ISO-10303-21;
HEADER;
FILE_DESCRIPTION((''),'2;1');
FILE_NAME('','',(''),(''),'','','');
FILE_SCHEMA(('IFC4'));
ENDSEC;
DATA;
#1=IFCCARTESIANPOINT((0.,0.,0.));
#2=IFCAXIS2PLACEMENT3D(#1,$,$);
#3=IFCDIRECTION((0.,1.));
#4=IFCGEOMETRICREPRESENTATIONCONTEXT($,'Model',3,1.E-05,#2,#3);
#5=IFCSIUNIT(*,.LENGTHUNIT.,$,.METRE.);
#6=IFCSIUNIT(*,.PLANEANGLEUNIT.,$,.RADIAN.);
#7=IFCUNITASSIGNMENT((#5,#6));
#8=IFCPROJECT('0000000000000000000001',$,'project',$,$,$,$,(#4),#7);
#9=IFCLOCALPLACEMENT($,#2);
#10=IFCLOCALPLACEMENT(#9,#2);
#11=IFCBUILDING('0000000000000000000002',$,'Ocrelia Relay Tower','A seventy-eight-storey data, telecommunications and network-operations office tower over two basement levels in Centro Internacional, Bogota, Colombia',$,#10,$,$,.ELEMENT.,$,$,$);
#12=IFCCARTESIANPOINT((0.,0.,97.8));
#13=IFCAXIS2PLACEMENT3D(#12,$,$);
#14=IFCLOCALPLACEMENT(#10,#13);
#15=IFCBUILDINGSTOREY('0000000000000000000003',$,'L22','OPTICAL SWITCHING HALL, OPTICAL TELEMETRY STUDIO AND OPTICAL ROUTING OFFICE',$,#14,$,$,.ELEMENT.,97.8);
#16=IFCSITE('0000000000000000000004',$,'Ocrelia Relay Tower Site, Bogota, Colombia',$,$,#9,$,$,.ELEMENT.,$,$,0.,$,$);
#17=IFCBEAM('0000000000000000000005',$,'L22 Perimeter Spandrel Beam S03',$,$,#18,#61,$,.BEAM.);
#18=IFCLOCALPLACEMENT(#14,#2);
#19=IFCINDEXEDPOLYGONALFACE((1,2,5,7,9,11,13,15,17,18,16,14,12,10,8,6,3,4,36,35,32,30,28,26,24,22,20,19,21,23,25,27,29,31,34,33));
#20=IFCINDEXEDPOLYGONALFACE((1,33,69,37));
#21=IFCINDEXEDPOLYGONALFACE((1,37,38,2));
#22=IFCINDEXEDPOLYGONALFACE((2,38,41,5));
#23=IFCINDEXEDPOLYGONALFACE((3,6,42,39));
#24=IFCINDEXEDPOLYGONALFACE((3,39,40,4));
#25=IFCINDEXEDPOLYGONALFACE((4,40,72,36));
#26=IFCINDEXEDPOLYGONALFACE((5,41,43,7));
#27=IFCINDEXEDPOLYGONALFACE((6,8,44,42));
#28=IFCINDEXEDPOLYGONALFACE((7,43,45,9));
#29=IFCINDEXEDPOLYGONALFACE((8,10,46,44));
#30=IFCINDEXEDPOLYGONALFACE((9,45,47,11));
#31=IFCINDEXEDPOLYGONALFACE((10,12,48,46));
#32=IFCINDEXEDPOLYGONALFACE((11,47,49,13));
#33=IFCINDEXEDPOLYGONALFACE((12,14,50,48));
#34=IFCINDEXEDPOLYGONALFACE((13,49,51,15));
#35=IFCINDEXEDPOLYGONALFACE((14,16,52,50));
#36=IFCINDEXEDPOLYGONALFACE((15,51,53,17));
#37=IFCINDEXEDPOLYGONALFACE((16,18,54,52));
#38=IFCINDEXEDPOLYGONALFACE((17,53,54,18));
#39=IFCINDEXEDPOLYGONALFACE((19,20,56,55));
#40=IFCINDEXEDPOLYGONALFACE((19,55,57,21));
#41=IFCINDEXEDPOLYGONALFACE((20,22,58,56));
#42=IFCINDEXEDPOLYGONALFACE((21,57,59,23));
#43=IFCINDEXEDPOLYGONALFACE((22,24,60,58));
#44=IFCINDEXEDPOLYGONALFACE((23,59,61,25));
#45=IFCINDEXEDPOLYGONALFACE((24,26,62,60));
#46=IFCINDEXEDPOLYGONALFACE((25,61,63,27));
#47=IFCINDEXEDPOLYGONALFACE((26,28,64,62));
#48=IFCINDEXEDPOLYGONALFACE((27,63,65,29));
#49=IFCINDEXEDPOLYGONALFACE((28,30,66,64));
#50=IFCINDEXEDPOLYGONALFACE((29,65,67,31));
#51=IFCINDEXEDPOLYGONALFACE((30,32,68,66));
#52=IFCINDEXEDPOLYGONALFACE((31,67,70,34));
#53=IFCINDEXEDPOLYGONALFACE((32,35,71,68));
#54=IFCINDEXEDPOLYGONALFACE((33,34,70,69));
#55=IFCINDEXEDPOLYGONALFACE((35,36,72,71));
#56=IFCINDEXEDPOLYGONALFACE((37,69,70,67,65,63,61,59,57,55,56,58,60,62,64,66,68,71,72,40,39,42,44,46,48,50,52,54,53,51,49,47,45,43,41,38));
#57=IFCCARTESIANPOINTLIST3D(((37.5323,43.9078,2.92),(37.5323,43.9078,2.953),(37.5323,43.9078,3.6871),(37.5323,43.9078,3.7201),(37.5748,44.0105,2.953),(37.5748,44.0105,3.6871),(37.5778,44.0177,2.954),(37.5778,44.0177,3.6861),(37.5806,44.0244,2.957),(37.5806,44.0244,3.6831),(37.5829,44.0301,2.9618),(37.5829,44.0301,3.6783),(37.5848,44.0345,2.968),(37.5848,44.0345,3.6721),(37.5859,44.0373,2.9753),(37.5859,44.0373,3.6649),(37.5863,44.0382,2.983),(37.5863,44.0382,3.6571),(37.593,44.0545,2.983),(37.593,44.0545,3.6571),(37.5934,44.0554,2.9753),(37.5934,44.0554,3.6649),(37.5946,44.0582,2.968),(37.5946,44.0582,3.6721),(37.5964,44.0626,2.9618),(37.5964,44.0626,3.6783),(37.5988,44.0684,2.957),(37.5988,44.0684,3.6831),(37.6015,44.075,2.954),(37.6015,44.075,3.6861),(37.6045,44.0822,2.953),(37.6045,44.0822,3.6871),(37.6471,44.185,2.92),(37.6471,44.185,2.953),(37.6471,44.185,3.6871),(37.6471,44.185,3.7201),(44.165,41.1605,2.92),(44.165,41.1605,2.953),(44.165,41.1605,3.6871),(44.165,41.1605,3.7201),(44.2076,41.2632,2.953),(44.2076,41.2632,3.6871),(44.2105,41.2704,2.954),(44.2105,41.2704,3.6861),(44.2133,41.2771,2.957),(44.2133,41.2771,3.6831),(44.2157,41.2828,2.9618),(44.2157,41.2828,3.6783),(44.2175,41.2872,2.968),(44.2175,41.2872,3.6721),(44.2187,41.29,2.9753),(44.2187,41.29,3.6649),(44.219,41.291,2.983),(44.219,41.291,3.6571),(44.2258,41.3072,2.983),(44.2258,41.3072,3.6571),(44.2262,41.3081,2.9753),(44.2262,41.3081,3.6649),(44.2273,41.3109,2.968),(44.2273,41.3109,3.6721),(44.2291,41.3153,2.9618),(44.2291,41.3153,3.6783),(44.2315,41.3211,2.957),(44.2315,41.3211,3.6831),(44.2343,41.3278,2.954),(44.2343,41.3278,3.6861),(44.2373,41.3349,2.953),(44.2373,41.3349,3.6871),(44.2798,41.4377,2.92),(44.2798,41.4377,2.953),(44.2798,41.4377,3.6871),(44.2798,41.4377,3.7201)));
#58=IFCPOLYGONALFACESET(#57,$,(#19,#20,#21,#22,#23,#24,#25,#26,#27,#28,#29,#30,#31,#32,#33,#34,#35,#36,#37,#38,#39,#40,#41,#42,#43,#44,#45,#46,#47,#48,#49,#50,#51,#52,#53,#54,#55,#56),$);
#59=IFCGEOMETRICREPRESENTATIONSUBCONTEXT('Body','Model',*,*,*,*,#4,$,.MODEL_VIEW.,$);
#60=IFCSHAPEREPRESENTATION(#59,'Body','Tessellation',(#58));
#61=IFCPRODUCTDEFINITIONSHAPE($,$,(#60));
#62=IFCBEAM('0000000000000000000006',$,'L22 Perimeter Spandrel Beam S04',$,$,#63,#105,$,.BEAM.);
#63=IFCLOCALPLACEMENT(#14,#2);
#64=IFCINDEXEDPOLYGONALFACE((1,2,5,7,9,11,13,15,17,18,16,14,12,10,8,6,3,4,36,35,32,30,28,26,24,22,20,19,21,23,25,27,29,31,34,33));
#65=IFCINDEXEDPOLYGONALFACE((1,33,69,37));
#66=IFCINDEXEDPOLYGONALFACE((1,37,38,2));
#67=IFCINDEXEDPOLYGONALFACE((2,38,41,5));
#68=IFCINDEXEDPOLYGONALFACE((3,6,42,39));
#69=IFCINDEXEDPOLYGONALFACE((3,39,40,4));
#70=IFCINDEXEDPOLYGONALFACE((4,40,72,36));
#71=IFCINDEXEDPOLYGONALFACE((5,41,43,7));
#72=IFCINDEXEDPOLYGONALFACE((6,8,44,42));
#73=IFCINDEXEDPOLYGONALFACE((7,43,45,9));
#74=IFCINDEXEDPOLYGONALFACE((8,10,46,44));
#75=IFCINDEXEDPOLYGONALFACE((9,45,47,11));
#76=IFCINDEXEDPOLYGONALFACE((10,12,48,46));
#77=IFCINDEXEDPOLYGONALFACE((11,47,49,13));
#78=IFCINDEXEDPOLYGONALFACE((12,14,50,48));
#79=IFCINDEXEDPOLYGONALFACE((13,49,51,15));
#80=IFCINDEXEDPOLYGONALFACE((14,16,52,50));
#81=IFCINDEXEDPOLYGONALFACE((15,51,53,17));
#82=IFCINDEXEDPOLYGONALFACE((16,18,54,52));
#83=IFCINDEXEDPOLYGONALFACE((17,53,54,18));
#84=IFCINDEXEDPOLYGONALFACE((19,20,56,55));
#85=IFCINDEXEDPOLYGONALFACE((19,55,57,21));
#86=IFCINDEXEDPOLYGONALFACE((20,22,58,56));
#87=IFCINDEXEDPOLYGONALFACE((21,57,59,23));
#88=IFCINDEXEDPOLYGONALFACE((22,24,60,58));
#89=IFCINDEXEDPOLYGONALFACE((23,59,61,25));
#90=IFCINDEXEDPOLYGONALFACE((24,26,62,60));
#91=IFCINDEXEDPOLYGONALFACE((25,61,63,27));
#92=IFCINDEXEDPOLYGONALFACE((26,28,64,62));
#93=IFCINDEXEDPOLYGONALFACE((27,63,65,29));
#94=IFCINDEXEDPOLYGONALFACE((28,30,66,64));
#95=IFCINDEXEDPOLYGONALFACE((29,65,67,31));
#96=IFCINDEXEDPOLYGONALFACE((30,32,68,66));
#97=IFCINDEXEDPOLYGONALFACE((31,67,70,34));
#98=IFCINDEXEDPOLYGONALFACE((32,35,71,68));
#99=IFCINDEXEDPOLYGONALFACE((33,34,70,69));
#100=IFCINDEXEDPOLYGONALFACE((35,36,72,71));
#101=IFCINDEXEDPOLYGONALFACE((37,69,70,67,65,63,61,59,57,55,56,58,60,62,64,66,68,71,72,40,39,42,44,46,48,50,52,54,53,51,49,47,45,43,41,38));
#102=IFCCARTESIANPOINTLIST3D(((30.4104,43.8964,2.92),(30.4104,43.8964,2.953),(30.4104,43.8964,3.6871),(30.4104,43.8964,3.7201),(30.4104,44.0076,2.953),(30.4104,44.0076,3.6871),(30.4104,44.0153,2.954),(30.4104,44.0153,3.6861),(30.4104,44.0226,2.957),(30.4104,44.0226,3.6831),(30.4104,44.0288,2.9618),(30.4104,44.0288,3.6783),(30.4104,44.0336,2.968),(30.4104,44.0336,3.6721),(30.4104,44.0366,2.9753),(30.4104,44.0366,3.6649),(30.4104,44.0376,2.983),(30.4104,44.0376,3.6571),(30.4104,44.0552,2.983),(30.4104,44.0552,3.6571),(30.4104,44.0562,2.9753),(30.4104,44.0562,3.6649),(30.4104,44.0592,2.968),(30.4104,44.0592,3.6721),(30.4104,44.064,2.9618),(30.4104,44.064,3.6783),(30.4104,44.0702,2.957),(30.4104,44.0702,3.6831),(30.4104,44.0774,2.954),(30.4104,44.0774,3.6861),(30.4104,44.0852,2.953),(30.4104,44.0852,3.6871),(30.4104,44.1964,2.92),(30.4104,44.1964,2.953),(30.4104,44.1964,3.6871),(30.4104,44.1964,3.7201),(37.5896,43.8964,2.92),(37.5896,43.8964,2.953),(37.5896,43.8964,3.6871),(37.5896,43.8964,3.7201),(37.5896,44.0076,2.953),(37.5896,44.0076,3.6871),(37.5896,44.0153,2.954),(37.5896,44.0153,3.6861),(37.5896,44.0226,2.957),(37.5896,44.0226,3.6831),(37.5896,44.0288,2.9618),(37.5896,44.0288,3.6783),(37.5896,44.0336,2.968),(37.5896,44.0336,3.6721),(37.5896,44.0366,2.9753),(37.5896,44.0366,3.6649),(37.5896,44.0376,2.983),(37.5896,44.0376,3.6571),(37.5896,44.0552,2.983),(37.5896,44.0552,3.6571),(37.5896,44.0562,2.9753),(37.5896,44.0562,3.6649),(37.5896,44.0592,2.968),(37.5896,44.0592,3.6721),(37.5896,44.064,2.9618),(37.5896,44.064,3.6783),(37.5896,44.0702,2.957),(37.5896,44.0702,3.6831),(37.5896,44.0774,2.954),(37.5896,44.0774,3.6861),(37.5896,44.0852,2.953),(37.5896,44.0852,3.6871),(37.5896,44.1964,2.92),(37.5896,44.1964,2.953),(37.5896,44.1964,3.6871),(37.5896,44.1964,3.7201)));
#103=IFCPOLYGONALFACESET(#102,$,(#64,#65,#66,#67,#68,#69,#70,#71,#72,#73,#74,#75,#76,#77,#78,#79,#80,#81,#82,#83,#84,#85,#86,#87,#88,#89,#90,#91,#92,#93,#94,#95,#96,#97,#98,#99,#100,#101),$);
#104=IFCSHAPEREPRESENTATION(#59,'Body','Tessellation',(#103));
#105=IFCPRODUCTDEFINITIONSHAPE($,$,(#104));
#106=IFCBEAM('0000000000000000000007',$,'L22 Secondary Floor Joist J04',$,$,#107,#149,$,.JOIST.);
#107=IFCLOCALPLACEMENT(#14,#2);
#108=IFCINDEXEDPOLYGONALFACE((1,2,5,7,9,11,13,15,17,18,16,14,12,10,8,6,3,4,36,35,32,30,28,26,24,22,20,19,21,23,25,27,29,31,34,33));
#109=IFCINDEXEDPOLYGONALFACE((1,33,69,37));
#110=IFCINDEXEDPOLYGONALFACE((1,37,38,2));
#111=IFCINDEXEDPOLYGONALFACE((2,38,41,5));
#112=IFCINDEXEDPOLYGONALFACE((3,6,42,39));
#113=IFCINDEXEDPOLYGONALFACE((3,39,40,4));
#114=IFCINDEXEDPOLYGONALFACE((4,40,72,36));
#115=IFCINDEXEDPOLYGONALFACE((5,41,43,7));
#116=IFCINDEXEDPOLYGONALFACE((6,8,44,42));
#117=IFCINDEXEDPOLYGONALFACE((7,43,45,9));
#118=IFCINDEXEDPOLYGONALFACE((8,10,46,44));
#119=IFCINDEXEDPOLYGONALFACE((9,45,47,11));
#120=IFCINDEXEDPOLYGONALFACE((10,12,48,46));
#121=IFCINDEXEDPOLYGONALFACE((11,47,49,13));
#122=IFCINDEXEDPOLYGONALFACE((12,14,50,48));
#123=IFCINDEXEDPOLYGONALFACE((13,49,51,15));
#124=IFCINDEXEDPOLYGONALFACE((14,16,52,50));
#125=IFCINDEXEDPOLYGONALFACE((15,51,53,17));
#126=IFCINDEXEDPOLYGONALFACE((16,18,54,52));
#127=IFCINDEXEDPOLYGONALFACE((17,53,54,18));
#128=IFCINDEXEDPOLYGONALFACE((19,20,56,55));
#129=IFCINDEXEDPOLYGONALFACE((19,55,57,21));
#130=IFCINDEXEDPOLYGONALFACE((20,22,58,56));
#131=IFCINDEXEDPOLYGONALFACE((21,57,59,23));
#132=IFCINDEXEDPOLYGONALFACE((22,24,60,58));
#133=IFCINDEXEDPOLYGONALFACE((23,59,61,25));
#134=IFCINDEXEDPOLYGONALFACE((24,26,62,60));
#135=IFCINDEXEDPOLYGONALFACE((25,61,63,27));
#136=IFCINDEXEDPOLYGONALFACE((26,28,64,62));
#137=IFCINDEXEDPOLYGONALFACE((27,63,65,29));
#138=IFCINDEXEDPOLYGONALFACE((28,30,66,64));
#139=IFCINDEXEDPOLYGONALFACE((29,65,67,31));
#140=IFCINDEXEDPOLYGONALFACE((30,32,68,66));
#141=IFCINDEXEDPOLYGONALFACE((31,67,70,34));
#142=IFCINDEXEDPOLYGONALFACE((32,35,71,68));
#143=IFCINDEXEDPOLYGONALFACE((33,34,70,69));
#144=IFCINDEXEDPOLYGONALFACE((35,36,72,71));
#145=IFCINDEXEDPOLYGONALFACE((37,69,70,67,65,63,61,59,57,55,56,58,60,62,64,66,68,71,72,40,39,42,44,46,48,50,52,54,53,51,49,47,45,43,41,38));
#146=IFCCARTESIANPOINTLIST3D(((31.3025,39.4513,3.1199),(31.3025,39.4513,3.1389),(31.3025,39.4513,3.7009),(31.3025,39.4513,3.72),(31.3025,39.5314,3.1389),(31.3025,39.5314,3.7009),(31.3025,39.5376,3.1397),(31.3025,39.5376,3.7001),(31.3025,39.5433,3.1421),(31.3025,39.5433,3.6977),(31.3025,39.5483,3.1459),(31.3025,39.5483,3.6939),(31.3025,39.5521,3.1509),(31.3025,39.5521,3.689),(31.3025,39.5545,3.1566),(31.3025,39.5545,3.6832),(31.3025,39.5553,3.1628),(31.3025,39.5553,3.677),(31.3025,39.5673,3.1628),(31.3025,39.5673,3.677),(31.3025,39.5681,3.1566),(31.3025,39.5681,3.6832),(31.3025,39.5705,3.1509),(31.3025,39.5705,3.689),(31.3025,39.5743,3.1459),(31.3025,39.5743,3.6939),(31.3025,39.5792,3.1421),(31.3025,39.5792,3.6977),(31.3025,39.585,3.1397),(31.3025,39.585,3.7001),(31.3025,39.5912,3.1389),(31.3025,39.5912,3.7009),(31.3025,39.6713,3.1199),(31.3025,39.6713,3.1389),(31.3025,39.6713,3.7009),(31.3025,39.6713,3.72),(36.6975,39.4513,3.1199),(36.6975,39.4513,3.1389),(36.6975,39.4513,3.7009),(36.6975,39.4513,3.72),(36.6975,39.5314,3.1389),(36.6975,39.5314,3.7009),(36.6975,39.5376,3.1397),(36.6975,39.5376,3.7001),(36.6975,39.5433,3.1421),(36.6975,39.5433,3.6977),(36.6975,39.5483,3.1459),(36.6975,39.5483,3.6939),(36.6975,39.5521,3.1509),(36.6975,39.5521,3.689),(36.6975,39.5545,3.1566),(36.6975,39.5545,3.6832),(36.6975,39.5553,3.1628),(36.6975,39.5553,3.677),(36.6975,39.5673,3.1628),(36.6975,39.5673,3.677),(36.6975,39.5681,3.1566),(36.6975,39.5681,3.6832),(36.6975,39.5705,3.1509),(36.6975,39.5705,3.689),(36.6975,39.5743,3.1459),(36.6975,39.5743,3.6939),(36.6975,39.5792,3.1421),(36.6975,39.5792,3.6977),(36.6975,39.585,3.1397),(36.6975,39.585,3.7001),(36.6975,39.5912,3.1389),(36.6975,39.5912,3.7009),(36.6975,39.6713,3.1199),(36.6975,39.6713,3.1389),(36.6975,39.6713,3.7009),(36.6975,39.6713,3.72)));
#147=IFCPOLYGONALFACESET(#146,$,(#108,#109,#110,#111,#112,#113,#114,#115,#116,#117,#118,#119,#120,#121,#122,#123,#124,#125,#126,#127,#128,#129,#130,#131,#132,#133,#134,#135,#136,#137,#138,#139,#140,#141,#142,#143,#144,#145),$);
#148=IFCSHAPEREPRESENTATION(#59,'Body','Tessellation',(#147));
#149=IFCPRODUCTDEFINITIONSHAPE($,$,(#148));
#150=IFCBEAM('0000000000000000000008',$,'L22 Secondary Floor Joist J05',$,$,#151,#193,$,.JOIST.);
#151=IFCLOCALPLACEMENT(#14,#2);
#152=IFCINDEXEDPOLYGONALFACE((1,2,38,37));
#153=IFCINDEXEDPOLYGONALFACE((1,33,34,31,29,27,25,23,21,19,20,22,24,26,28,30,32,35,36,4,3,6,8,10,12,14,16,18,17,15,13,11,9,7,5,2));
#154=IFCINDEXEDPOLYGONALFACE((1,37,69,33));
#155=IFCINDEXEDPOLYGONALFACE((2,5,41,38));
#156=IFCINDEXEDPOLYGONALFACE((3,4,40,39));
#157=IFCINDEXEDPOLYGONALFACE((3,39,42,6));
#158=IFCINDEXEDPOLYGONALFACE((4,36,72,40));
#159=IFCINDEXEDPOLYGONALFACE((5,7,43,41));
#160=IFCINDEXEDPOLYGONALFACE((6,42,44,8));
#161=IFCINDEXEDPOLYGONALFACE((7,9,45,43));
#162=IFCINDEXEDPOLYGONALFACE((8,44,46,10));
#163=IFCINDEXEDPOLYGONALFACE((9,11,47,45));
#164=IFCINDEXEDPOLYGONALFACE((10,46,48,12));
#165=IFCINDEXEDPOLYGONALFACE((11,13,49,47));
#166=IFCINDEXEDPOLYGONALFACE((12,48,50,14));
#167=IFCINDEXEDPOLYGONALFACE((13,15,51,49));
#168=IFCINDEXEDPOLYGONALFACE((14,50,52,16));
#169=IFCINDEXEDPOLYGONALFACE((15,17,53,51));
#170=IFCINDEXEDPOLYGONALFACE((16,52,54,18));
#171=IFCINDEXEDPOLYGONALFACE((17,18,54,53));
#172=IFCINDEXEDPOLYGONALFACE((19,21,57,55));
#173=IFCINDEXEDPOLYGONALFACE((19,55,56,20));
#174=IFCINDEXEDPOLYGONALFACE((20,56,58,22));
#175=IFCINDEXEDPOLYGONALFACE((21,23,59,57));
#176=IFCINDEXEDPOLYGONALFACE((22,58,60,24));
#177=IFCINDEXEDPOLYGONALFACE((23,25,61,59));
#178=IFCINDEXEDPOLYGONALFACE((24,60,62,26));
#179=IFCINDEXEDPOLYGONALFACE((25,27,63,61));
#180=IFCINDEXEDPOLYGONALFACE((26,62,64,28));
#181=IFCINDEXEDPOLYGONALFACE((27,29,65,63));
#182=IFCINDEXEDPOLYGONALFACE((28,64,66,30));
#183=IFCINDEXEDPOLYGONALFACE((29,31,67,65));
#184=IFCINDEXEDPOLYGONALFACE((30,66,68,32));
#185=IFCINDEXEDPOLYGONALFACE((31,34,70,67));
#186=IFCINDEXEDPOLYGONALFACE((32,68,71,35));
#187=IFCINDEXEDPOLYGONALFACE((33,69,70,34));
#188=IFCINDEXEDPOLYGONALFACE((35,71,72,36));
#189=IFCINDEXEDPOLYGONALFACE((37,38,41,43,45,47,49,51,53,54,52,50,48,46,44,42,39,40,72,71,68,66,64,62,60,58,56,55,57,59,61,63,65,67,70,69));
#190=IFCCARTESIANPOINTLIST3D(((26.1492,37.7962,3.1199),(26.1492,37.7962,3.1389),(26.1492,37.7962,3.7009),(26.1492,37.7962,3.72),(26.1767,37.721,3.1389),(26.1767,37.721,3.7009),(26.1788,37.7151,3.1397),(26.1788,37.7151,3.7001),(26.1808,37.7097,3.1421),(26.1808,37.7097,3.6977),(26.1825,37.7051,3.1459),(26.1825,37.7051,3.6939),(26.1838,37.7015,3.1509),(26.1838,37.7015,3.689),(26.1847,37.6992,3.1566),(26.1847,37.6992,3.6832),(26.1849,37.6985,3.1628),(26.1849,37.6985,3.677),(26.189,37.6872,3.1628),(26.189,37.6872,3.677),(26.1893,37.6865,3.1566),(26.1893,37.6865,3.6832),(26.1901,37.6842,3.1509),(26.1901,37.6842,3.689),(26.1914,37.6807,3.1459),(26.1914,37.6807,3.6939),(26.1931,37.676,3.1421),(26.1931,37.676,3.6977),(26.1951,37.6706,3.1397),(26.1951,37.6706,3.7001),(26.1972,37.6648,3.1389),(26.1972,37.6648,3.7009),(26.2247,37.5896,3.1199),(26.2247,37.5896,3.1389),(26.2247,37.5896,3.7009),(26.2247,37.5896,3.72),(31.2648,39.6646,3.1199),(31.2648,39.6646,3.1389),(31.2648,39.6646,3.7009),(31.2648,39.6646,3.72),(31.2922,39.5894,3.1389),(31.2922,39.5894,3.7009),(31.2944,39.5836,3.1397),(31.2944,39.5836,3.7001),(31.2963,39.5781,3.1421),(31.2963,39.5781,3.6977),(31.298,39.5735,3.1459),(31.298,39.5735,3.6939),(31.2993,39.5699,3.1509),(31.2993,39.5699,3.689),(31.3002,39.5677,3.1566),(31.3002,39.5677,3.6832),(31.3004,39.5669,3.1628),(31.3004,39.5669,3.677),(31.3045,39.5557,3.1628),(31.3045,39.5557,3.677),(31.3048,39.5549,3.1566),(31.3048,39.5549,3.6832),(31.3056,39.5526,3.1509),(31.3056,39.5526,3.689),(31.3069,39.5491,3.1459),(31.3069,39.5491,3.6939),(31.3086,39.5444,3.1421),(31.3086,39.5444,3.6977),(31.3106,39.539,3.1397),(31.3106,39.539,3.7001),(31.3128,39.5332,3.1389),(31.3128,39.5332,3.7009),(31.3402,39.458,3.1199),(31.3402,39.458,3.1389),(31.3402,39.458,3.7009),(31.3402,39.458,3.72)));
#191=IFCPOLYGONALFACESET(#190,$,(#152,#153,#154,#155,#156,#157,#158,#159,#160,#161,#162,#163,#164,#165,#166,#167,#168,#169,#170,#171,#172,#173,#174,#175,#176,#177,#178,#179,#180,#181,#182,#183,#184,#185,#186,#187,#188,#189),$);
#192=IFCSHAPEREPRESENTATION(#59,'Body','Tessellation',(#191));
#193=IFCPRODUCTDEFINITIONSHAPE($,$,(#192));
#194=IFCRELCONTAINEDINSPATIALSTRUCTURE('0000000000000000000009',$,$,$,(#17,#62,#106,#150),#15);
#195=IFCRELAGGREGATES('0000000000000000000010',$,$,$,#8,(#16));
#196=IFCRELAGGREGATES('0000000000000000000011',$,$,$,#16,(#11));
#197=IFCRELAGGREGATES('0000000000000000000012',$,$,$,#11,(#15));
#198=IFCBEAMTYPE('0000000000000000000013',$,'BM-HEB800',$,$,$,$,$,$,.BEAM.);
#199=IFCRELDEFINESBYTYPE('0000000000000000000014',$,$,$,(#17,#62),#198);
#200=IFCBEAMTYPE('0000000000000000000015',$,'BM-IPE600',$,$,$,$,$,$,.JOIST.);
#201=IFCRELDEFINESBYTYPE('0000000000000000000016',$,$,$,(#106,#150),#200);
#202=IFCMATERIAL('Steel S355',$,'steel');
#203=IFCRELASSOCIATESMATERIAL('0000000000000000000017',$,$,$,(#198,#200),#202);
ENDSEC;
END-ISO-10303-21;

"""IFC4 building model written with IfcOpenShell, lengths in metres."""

from ifc_helpers import new_model, si_unit, direction, frame, origin, origin_2d, place, context, subcontext, project, spatial, i_section, extrude, material, material_profile, profile_set, type_object, element, save


model = new_model("IFC4")

# Units and contexts
model_context = context("Model", 3, precision=1e-05, world=origin(), true_north=direction((0.0, 1.0)))
body_context = subcontext(model_context, "Body", "Model", "MODEL_VIEW")
ifc_project = project(units=[si_unit("LENGTHUNIT", "METRE"), si_unit("PLANEANGLEUNIT", "RADIAN")], contexts=[model_context])

# Site, building, storey
site_placement = place(None, origin())
site = spatial("IfcSite", under=ifc_project, at=site_placement, Name="Ocrelia Relay Tower Site, Bogota, Colombia", CompositionType="ELEMENT", RefElevation=0.0)
building_placement = place(site_placement, origin())
building = spatial("IfcBuilding", under=site, at=building_placement, Name="Ocrelia Relay Tower", Description="A seventy-eight-storey data, telecommunications and network-operations office tower over two basement levels in Centro Internacional, Bogota, Colombia", CompositionType="ELEMENT")
storey_placement = place(building_placement, frame((0.0, 0.0, 97.8)))
storey = spatial("IfcBuildingStorey", under=building, at=storey_placement, Name="L22", Description="OPTICAL SWITCHING HALL, OPTICAL TELEMETRY STUDIO AND OPTICAL ROUTING OFFICE", CompositionType="ELEMENT", Elevation=97.8)

# Beams
ifc_material_1 = material(Name="Steel S355", Category="steel")
ifc_material_profile_1 = material_profile(ifc_material_1, i_section(OverallWidth=0.3, OverallDepth=0.8, WebThickness=0.0176, FlangeThickness=0.033, FilletRadius=0.03, at=origin_2d()), Name="HEB 800")
ifc_profile_set_1 = profile_set([ifc_material_profile_1], Name="Steel S355")
beam_type_1 = type_object("IfcBeamType", Name="BM-HEB800", PredefinedType="BEAM", material=ifc_profile_set_1)
for number, where, z_axis, x_axis, name in (
    (1, (44.2224, 41.2991, 3.3201), (-0.923884, 0.382673, 0.0), (-0.382673, -0.923884, 0.0), "L22 Perimeter Spandrel Beam S03"),
    (2, (37.5896, 44.0464, 3.3201), (-1.0, 0.0, 0.0), (0.0, -1.0, 0.0), "L22 Perimeter Spandrel Beam S04"),
):
    element("IfcBeam", number, at=place(storey_placement, frame(where, z_axis=z_axis, x_axis=x_axis)), inside=storey, type_object=beam_type_1, Name=name, PredefinedType="BEAM", context=body_context, shape_type="SweptSolid", body=[
        extrude(i_section(OverallWidth=0.3, OverallDepth=0.8, WebThickness=0.0176, FlangeThickness=0.033, FilletRadius=0.03, at=origin_2d()), origin(), (0.0, 0.0, 1.0), 7.1792),
    ])
ifc_material_profile_2 = material_profile(ifc_material_1, i_section(OverallWidth=0.22, OverallDepth=0.6001, WebThickness=0.012, FlangeThickness=0.019, FilletRadius=0.0239, at=origin_2d()), Name="IPE 600")
ifc_profile_set_2 = profile_set([ifc_material_profile_2], Name="Steel S355")
beam_type_2 = type_object("IfcBeamType", Name="BM-IPE600", PredefinedType="JOIST", material=ifc_profile_set_2)
beam_1_placement = place(storey_placement, frame((36.6975, 39.5613, 3.4199), z_axis=(-1.0, 0.0, 0.0), x_axis=(0.0, -1.0, 0.0)))
element("IfcBeam", 3, at=beam_1_placement, inside=storey, type_object=beam_type_2, Name="L22 Secondary Floor Joist J04", PredefinedType="JOIST", context=body_context, shape_type="SweptSolid", body=[
    extrude(i_section(OverallWidth=0.22, OverallDepth=0.6001, WebThickness=0.012, FlangeThickness=0.019, FilletRadius=0.0239, at=origin_2d()), origin(), (0.0, 0.0, 1.0), 5.395),
])
beam_2_placement = place(storey_placement, frame((31.3025, 39.5613, 3.4199), z_axis=(-0.939307, -0.343078, 0.0), x_axis=(0.343078, -0.939307, 0.0)))
element("IfcBeam", 4, at=beam_2_placement, inside=storey, type_object=beam_type_2, Name="L22 Secondary Floor Joist J05", PredefinedType="JOIST", context=body_context, shape_type="SweptSolid", body=[
    extrude(i_section(OverallWidth=0.22, OverallDepth=0.6001, WebThickness=0.012, FlangeThickness=0.019, FilletRadius=0.0239, at=origin_2d()), origin(), (0.0, 0.0, 1.0), 5.446),
])

save(model, "model.ifc")
